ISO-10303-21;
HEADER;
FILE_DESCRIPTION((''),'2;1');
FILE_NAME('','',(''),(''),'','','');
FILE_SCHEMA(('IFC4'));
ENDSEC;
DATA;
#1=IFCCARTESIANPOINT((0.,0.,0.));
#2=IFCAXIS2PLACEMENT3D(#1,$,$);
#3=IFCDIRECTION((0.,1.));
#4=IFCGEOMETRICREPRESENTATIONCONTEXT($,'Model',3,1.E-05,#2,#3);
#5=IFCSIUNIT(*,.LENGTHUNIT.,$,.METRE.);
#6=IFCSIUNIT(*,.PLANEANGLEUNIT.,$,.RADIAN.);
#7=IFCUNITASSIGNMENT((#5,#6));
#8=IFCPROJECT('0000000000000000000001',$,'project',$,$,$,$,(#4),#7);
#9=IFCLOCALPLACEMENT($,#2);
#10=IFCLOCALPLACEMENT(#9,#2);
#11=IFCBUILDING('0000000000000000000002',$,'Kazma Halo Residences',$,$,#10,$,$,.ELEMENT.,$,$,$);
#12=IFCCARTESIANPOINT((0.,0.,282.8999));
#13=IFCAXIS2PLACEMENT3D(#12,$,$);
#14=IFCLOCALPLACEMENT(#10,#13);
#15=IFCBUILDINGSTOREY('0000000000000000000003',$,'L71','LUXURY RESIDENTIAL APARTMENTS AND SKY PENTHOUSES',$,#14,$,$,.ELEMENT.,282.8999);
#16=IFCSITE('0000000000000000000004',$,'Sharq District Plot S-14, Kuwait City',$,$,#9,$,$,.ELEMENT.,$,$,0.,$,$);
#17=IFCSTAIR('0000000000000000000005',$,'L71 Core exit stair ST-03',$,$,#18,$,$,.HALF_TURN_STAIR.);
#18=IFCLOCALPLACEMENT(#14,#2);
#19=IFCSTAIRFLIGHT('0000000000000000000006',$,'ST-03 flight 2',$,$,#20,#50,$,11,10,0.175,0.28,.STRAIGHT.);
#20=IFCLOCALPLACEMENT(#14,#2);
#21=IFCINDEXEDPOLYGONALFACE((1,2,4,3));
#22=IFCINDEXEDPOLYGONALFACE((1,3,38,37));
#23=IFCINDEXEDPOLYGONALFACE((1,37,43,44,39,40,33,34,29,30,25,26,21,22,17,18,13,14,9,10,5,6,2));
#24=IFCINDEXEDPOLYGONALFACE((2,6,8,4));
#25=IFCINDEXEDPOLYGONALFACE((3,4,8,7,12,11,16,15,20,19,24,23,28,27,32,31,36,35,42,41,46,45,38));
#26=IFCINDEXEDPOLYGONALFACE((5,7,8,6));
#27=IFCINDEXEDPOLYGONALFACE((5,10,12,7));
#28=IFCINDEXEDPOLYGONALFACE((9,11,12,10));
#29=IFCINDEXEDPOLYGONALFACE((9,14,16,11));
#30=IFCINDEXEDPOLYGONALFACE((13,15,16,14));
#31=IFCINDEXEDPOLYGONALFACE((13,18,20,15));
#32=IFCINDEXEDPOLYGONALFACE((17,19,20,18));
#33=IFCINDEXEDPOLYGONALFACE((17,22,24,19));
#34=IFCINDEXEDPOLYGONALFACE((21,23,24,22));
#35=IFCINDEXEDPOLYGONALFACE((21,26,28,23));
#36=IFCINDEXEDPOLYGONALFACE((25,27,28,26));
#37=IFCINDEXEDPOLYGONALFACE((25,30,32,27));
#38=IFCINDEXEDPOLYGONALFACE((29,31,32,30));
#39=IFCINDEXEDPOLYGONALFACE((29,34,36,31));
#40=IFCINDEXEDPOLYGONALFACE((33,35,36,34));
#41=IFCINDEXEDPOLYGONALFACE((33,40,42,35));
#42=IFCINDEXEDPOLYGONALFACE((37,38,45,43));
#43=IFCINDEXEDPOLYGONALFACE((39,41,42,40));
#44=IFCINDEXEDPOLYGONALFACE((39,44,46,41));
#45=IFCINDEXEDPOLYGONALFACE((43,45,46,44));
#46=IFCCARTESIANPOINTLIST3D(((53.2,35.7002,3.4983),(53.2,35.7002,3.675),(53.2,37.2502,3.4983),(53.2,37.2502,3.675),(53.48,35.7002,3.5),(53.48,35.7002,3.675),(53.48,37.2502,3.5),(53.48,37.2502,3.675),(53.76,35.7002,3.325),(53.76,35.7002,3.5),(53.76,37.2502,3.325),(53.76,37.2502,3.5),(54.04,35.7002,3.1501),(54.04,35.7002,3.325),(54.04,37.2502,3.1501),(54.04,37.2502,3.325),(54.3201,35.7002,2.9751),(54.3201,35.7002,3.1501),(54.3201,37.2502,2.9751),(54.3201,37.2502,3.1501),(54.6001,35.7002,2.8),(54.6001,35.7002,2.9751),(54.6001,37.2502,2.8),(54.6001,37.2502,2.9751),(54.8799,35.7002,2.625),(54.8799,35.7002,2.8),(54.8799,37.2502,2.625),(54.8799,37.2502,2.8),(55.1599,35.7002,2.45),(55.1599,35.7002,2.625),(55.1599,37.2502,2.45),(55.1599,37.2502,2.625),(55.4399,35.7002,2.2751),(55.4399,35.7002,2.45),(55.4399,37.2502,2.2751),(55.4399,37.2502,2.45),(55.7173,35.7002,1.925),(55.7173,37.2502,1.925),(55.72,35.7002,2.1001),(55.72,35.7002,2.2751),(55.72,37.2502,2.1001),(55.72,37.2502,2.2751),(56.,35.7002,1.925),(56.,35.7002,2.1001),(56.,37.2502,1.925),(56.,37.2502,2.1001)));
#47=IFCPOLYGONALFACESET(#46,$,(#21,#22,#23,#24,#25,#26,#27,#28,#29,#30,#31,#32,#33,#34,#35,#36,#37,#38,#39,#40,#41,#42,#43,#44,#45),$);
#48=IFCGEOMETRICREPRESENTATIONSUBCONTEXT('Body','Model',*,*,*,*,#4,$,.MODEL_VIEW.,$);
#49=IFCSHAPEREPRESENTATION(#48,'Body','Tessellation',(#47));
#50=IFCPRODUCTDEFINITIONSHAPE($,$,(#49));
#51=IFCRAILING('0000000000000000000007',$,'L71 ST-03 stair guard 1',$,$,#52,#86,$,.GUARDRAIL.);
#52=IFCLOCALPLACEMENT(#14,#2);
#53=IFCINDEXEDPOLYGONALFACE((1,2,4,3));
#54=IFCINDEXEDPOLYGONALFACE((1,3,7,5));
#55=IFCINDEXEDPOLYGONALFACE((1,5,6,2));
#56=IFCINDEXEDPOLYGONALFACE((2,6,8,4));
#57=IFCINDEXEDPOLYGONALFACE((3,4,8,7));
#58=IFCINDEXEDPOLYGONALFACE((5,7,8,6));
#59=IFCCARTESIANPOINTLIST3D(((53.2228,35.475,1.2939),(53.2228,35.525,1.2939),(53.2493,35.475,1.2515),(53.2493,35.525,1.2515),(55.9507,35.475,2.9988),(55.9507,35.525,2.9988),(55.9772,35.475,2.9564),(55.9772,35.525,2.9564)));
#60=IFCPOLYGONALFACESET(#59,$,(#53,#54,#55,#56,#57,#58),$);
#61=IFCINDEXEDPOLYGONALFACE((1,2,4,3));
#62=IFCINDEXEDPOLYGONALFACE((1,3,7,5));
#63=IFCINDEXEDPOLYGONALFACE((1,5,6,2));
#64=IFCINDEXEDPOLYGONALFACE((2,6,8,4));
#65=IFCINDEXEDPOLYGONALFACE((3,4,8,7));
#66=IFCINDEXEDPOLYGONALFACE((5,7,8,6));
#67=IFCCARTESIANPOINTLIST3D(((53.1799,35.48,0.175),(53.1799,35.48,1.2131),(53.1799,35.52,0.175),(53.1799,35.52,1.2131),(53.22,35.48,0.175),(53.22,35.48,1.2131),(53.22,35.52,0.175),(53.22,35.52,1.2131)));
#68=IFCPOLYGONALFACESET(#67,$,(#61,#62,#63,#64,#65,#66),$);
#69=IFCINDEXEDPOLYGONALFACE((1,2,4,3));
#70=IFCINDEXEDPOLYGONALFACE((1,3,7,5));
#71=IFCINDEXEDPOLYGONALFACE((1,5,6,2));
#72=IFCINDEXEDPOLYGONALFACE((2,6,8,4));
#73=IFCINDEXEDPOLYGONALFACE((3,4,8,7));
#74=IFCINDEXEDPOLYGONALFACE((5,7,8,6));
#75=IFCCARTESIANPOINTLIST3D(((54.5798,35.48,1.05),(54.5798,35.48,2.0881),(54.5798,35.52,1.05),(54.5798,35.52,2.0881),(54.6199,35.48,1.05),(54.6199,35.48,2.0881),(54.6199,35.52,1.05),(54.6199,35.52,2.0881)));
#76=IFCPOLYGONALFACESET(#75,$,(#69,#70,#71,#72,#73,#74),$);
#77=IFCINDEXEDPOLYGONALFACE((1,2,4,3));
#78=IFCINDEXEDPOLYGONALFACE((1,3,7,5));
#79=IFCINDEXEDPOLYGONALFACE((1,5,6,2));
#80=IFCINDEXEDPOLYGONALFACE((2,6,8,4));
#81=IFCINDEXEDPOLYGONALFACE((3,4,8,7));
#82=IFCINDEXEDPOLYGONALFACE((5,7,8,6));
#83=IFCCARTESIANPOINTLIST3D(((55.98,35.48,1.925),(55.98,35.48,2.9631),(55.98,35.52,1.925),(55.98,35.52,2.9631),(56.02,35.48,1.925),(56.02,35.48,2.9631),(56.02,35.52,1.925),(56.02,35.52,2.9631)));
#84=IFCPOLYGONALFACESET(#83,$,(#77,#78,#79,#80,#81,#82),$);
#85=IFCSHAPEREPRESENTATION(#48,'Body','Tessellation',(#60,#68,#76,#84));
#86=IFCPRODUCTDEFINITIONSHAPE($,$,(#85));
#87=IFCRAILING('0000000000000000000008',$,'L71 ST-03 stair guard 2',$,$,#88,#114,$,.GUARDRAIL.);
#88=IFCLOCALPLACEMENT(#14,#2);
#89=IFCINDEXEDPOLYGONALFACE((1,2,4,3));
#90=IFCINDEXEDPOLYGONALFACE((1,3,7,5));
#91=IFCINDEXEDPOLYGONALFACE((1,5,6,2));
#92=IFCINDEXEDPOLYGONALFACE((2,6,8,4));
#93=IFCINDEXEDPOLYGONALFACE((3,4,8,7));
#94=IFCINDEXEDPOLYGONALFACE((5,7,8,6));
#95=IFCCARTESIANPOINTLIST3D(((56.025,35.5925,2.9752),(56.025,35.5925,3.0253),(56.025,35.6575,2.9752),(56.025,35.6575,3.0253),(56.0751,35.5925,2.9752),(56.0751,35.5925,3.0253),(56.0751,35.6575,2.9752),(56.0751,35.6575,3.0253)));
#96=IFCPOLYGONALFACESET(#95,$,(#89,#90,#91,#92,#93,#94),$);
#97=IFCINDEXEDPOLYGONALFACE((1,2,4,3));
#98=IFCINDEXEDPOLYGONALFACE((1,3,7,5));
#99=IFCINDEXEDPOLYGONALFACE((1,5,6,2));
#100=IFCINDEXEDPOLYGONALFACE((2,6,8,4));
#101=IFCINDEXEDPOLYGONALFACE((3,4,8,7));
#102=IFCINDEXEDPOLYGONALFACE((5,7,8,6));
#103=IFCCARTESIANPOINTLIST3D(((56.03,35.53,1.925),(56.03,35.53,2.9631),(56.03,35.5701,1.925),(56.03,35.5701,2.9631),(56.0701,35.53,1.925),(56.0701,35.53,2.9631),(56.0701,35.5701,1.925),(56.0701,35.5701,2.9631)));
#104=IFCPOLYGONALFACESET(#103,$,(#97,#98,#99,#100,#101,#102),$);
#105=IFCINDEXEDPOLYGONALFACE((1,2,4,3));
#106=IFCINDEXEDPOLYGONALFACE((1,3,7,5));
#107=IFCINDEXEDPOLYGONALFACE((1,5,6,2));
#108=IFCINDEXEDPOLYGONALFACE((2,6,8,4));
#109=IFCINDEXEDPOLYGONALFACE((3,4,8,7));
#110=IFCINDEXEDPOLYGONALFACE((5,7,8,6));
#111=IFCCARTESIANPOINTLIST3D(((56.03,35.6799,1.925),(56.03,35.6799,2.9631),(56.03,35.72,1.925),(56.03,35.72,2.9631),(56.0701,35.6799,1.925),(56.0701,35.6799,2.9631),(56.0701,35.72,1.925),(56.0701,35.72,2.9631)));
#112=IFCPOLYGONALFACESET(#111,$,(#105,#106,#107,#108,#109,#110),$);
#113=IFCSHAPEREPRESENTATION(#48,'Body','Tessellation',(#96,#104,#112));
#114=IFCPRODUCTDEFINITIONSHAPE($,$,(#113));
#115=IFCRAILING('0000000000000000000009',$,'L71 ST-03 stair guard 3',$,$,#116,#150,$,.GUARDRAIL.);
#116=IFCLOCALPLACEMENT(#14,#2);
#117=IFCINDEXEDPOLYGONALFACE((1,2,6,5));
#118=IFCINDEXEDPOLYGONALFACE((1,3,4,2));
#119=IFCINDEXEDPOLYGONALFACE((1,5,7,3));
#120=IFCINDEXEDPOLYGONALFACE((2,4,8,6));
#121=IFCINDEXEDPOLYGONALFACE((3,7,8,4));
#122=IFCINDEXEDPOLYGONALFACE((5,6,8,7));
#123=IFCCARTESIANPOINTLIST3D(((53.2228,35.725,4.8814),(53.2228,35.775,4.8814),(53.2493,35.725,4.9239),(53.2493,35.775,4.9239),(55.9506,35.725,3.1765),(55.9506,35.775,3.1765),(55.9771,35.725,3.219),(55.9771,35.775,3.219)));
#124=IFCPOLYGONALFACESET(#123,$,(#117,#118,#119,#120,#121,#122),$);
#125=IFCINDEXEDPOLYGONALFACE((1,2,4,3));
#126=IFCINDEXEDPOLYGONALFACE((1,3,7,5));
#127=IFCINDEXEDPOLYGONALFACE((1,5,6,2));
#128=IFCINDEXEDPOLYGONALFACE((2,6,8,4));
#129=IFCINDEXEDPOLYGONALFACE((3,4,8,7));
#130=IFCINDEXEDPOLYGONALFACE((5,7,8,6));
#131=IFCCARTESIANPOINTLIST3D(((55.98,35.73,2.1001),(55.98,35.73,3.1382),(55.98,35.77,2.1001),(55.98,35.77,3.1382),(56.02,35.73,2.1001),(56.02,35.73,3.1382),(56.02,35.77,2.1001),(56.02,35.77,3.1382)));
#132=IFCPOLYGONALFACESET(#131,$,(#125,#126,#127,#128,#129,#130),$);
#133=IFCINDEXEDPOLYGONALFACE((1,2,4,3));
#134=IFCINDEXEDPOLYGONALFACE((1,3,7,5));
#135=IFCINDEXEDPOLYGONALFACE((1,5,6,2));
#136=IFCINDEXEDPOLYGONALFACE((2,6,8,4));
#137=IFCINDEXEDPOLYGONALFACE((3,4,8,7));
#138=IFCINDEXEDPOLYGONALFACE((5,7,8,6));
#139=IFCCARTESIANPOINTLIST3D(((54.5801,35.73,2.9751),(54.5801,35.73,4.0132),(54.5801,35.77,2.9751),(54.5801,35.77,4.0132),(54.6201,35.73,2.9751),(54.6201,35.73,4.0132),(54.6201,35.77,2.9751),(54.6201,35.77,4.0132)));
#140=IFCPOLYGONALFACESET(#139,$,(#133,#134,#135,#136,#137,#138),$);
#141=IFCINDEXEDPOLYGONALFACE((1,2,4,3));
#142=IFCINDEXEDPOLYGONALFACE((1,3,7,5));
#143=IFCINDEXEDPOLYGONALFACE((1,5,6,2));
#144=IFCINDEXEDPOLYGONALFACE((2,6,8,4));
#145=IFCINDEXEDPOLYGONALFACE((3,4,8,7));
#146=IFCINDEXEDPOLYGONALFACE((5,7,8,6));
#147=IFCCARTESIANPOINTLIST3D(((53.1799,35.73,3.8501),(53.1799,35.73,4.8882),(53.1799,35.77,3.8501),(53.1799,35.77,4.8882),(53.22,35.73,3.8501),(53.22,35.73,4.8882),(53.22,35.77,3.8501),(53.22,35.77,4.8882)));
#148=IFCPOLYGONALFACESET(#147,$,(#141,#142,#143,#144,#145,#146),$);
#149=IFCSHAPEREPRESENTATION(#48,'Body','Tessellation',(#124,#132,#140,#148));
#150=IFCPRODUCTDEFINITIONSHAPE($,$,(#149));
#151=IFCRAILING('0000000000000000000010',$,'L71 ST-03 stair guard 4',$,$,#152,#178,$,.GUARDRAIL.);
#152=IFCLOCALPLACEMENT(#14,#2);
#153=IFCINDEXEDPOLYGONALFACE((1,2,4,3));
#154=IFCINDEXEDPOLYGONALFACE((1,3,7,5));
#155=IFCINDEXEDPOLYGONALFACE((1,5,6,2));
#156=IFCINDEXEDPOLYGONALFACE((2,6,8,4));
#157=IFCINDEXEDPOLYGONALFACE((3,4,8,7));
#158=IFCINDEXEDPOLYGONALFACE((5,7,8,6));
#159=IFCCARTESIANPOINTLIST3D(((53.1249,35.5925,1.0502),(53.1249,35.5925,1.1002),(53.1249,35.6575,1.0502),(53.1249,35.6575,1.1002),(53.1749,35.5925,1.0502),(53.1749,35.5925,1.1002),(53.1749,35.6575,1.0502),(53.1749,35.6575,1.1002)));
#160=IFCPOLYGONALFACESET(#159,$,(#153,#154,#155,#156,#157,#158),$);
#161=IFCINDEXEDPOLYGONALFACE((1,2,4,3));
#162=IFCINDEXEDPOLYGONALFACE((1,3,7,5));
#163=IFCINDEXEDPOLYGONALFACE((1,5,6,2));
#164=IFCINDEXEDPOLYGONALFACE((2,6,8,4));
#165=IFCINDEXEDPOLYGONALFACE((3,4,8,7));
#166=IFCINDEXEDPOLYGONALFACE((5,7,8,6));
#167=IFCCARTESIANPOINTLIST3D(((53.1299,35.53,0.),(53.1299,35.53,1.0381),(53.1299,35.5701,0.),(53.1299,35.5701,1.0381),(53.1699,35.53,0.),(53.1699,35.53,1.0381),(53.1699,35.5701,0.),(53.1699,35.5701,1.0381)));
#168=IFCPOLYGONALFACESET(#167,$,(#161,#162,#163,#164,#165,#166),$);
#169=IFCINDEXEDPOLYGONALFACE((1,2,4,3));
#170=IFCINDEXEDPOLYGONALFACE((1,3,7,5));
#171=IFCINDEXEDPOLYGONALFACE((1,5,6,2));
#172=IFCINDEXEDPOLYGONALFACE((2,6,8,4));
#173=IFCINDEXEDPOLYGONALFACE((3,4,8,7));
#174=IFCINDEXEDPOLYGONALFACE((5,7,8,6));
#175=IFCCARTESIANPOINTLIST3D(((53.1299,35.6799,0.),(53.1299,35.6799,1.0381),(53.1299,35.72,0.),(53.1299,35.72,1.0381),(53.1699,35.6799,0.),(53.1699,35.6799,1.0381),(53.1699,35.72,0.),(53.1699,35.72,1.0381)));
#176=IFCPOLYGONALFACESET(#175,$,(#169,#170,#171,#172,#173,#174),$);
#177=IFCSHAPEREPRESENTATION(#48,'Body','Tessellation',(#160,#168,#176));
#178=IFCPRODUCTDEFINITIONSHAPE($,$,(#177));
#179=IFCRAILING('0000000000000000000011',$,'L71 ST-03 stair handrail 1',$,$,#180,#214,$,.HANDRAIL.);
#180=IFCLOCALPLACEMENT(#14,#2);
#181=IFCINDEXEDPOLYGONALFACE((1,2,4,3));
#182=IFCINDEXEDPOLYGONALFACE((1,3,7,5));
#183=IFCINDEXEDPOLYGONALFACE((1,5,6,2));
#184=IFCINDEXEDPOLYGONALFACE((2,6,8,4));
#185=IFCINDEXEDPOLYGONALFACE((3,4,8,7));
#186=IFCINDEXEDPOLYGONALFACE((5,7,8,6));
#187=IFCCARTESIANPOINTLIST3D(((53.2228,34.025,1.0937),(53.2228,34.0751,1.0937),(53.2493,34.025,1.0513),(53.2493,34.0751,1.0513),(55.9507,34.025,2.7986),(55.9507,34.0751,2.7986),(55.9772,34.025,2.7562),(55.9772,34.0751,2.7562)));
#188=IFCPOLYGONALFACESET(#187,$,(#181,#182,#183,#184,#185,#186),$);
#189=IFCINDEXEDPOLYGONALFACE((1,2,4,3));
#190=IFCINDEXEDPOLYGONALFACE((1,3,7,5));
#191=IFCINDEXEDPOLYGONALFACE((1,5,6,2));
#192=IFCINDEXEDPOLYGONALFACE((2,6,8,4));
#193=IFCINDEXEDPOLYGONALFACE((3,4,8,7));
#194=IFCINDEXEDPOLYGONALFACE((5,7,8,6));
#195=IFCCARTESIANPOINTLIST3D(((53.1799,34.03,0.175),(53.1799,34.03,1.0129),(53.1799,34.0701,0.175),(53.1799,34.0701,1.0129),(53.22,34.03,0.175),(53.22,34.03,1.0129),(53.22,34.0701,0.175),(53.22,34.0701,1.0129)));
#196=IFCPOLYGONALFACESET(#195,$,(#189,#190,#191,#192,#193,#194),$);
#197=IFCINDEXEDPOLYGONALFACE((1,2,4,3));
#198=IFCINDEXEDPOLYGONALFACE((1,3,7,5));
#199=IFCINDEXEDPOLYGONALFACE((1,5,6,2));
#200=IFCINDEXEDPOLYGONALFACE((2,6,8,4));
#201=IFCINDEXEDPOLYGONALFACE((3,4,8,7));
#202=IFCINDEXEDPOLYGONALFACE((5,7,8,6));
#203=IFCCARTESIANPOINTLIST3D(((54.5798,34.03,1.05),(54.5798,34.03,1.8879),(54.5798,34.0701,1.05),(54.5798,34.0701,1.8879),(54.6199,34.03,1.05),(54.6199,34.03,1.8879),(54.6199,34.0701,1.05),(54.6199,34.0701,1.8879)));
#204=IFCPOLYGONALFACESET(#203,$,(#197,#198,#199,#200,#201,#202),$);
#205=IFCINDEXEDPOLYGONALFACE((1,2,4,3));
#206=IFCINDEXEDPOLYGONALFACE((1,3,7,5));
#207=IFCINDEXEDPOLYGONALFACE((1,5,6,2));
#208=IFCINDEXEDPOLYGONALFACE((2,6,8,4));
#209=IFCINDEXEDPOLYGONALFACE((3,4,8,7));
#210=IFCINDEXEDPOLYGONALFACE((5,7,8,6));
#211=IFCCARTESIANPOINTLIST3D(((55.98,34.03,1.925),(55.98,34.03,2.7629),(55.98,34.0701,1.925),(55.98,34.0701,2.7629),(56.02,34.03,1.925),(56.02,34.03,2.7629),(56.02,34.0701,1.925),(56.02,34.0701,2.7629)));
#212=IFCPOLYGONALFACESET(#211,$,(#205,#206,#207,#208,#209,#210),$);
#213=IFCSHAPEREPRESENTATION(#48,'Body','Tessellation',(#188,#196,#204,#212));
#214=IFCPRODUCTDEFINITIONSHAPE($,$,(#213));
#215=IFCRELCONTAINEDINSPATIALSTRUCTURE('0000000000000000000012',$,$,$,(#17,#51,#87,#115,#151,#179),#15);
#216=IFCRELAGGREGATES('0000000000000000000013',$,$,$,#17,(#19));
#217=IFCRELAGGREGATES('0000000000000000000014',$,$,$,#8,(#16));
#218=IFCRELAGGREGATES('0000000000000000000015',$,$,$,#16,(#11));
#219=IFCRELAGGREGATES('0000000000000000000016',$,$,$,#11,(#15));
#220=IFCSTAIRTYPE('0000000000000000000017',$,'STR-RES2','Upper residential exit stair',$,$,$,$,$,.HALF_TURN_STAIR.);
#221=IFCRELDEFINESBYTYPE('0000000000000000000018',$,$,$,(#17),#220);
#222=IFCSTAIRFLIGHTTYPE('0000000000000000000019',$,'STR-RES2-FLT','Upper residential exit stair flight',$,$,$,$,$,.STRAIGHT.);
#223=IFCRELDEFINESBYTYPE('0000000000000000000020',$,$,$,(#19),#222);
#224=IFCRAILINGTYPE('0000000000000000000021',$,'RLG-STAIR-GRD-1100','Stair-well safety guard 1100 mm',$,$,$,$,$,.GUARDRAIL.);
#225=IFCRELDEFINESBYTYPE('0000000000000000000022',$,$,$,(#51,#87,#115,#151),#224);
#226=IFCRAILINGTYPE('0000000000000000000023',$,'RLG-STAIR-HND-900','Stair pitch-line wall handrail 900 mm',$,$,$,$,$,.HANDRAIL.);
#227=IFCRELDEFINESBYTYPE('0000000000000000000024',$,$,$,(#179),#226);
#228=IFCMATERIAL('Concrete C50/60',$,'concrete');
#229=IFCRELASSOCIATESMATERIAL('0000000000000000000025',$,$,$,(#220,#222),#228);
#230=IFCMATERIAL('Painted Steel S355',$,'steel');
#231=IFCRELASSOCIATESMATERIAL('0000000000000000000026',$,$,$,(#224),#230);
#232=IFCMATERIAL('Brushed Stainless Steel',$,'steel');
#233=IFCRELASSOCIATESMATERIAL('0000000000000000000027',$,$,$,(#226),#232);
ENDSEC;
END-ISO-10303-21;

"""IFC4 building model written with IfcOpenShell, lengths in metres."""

from ifc_helpers import new_model, si_unit, direction, frame, origin, origin_2d, place, context, subcontext, project, spatial, polyline, rectangle, outline, extrude, material, type_object, element, aggregate, save


model = new_model("IFC4")

# Units and contexts
model_context = context("Model", 3, precision=1e-05, world=origin(), true_north=direction((0.0, 1.0)))
body_context = subcontext(model_context, "Body", "Model", "MODEL_VIEW")
ifc_project = project(units=[si_unit("LENGTHUNIT", "METRE"), si_unit("PLANEANGLEUNIT", "RADIAN")], contexts=[model_context])

# Site, building, storey
site_placement = place(None, origin())
site = spatial("IfcSite", under=ifc_project, at=site_placement, Name="Sharq District Plot S-14, Kuwait City", CompositionType="ELEMENT", RefElevation=0.0)
building_placement = place(site_placement, origin())
building = spatial("IfcBuilding", under=site, at=building_placement, Name="Kazma Halo Residences", CompositionType="ELEMENT")
storey_placement = place(building_placement, frame((0.0, 0.0, 282.8999)))
storey = spatial("IfcBuildingStorey", under=building, at=storey_placement, Name="L71", Description="LUXURY RESIDENTIAL APARTMENTS AND SKY PENTHOUSES", CompositionType="ELEMENT", Elevation=282.8999)

# Shared definitions
ifc_material_1 = material(Name="Concrete C50/60", Category="concrete")

# Stair, stair flight
stair_type = type_object("IfcStairType", Name="STR-RES2", Description="Upper residential exit stair", PredefinedType="HALF_TURN_STAIR", material=ifc_material_1)
stair_placement = place(storey_placement, origin())
stair = element("IfcStair", 1, at=stair_placement, inside=storey, type_object=stair_type, Name="L71 Core exit stair ST-03", PredefinedType="HALF_TURN_STAIR")
stair_flight_type = type_object("IfcStairFlightType", Name="STR-RES2-FLT", Description="Upper residential exit stair flight", PredefinedType="STRAIGHT", material=ifc_material_1)
stair_flight_1_placement = place(storey_placement, frame((56.0, 36.4751, 1.925), z_axis=(0.0, 0.0, 1.0), x_axis=(-1.0, 0.0, 0.0)))
stair_flight_1 = element("IfcStairFlight", 2, at=stair_flight_1_placement, type_object=stair_flight_type, Name="ST-03 flight 2", NumberOfRisers=11, NumberOfTreads=10, PredefinedType="STRAIGHT", RiserHeight=0.175, TreadLength=0.28, context=body_context, shape_type="SweptSolid", body=[
    extrude(outline(polyline([(0.0, 0.0), (0.0, 0.175), (0.28, 0.175), (0.28, 0.3501), (0.5601, 0.3501), (0.5601, 0.5249), (0.8401, 0.5249), (0.8401, 0.7), (1.1201, 0.7), (1.1201, 0.875), (1.3999, 0.875), (1.3999, 1.05), (1.6799, 1.05), (1.6799, 1.2251), (1.96, 1.2251), (1.96, 1.3999), (2.24, 1.3999), (2.24, 1.575), (2.52, 1.575), (2.52, 1.75), (2.8, 1.75), (2.8, 1.925), (2.8, 1.5732), (0.2827, 0.0), (0.0, 0.0)])), frame((0.0, 0.7749, 0.0), z_axis=(0.0, -1.0, 0.0), x_axis=(1.0, 0.0, 0.0)), (0.0, 0.0, 1.0), 1.55),
])
aggregate(stair, [stair_flight_1])

# Railings
ifc_material_2 = material(Name="Painted Steel S355", Category="steel")
railing_type_1 = type_object("IfcRailingType", Name="RLG-STAIR-GRD-1100", Description="Stair-well safety guard 1100 mm", PredefinedType="GUARDRAIL", material=ifc_material_2)
railing_1_placement = place(storey_placement, frame((53.2, 35.5, 0.175)))
element("IfcRailing", 3, at=railing_1_placement, inside=storey, type_object=railing_type_1, Name="L71 ST-03 stair guard 1", PredefinedType="GUARDRAIL", context=body_context, shape_type="SweptSolid", body=[
    extrude(rectangle(XDim=0.05, YDim=0.05, at=origin_2d()), frame((0.0361, 0.0, 1.0977), z_axis=(0.848002, 0.0, 0.529992), x_axis=(0.0, 1.0, 0.0)), (0.0, 0.0, 1.0), 3.2168),
    extrude(rectangle(XDim=0.04, YDim=0.04, at=origin_2d()), origin(), (0.0, 0.0, 1.0), 1.0381),
    extrude(rectangle(XDim=0.04, YDim=0.04, at=origin_2d()), frame((1.3999, 0.0, 0.875)), (0.0, 0.0, 1.0), 1.0381),
    extrude(rectangle(XDim=0.04, YDim=0.04, at=origin_2d()), frame((2.8, 0.0, 1.75)), (0.0, 0.0, 1.0), 1.0381),
])
railing_2_placement = place(storey_placement, frame((56.05, 35.55, 1.925)))
element("IfcRailing", 4, at=railing_2_placement, inside=storey, type_object=railing_type_1, Name="L71 ST-03 stair guard 2", PredefinedType="GUARDRAIL", context=body_context, shape_type="SweptSolid", body=[
    extrude(rectangle(XDim=0.05, YDim=0.05, at=origin_2d()), frame((0.0, 0.0425, 1.0752), z_axis=(0.0, 1.0, 0.0), x_axis=(-1.0, 0.0, 0.0)), (0.0, 0.0, 1.0), 0.0649),
    extrude(rectangle(XDim=0.04, YDim=0.04, at=origin_2d()), origin(), (0.0, 0.0, 1.0), 1.0381),
    extrude(rectangle(XDim=0.04, YDim=0.04, at=origin_2d()), frame((0.0, 0.1499, 0.0)), (0.0, 0.0, 1.0), 1.0381),
])
railing_3_placement = place(storey_placement, frame((56.0, 35.75, 2.1001)))
element("IfcRailing", 5, at=railing_3_placement, inside=storey, type_object=railing_type_1, Name="L71 ST-03 stair guard 3", PredefinedType="GUARDRAIL", context=body_context, shape_type="SweptSolid", body=[
    extrude(rectangle(XDim=0.05, YDim=0.05, at=origin_2d()), frame((-0.0361, 0.0, 1.0977), z_axis=(-0.848002, 0.0, 0.529992), x_axis=(0.0, -1.0, 0.0)), (0.0, 0.0, 1.0), 3.2168),
    extrude(rectangle(XDim=0.04, YDim=0.04, at=origin_2d()), origin(), (0.0, 0.0, 1.0), 1.0381),
    extrude(rectangle(XDim=0.04, YDim=0.04, at=origin_2d()), frame((-1.3999, 0.0, 0.875)), (0.0, 0.0, 1.0), 1.0381),
    extrude(rectangle(XDim=0.04, YDim=0.04, at=origin_2d()), frame((-2.8, 0.0, 1.75)), (0.0, 0.0, 1.0), 1.0381),
])
railing_4_placement = place(storey_placement, frame((53.1499, 35.55, 0.0)))
element("IfcRailing", 6, at=railing_4_placement, inside=storey, type_object=railing_type_1, Name="L71 ST-03 stair guard 4", PredefinedType="GUARDRAIL", context=body_context, shape_type="SweptSolid", body=[
    extrude(rectangle(XDim=0.05, YDim=0.05, at=origin_2d()), frame((0.0, 0.0425, 1.0752), z_axis=(0.0, 1.0, 0.0), x_axis=(-1.0, 0.0, 0.0)), (0.0, 0.0, 1.0), 0.0649),
    extrude(rectangle(XDim=0.04, YDim=0.04, at=origin_2d()), origin(), (0.0, 0.0, 1.0), 1.0381),
    extrude(rectangle(XDim=0.04, YDim=0.04, at=origin_2d()), frame((0.0, 0.1499, 0.0)), (0.0, 0.0, 1.0), 1.0381),
])
ifc_material_3 = material(Name="Brushed Stainless Steel", Category="steel")
railing_type_2 = type_object("IfcRailingType", Name="RLG-STAIR-HND-900", Description="Stair pitch-line wall handrail 900 mm", PredefinedType="HANDRAIL", material=ifc_material_3)
railing_5_placement = place(storey_placement, frame((53.2, 34.05, 0.175)))
element("IfcRailing", 7, at=railing_5_placement, inside=storey, type_object=railing_type_2, Name="L71 ST-03 stair handrail 1", PredefinedType="HANDRAIL", context=body_context, shape_type="SweptSolid", body=[
    extrude(rectangle(XDim=0.05, YDim=0.05, at=origin_2d()), frame((0.0361, 0.0, 0.8975), z_axis=(0.848002, 0.0, 0.529992), x_axis=(0.0, 1.0, 0.0)), (0.0, 0.0, 1.0), 3.2168),
    extrude(rectangle(XDim=0.04, YDim=0.04, at=origin_2d()), origin(), (0.0, 0.0, 1.0), 0.8379),
    extrude(rectangle(XDim=0.04, YDim=0.04, at=origin_2d()), frame((1.3999, 0.0, 0.875)), (0.0, 0.0, 1.0), 0.8379),
    extrude(rectangle(XDim=0.04, YDim=0.04, at=origin_2d()), frame((2.8, 0.0, 1.75)), (0.0, 0.0, 1.0), 0.8379),
])

save(model, "model.ifc")
